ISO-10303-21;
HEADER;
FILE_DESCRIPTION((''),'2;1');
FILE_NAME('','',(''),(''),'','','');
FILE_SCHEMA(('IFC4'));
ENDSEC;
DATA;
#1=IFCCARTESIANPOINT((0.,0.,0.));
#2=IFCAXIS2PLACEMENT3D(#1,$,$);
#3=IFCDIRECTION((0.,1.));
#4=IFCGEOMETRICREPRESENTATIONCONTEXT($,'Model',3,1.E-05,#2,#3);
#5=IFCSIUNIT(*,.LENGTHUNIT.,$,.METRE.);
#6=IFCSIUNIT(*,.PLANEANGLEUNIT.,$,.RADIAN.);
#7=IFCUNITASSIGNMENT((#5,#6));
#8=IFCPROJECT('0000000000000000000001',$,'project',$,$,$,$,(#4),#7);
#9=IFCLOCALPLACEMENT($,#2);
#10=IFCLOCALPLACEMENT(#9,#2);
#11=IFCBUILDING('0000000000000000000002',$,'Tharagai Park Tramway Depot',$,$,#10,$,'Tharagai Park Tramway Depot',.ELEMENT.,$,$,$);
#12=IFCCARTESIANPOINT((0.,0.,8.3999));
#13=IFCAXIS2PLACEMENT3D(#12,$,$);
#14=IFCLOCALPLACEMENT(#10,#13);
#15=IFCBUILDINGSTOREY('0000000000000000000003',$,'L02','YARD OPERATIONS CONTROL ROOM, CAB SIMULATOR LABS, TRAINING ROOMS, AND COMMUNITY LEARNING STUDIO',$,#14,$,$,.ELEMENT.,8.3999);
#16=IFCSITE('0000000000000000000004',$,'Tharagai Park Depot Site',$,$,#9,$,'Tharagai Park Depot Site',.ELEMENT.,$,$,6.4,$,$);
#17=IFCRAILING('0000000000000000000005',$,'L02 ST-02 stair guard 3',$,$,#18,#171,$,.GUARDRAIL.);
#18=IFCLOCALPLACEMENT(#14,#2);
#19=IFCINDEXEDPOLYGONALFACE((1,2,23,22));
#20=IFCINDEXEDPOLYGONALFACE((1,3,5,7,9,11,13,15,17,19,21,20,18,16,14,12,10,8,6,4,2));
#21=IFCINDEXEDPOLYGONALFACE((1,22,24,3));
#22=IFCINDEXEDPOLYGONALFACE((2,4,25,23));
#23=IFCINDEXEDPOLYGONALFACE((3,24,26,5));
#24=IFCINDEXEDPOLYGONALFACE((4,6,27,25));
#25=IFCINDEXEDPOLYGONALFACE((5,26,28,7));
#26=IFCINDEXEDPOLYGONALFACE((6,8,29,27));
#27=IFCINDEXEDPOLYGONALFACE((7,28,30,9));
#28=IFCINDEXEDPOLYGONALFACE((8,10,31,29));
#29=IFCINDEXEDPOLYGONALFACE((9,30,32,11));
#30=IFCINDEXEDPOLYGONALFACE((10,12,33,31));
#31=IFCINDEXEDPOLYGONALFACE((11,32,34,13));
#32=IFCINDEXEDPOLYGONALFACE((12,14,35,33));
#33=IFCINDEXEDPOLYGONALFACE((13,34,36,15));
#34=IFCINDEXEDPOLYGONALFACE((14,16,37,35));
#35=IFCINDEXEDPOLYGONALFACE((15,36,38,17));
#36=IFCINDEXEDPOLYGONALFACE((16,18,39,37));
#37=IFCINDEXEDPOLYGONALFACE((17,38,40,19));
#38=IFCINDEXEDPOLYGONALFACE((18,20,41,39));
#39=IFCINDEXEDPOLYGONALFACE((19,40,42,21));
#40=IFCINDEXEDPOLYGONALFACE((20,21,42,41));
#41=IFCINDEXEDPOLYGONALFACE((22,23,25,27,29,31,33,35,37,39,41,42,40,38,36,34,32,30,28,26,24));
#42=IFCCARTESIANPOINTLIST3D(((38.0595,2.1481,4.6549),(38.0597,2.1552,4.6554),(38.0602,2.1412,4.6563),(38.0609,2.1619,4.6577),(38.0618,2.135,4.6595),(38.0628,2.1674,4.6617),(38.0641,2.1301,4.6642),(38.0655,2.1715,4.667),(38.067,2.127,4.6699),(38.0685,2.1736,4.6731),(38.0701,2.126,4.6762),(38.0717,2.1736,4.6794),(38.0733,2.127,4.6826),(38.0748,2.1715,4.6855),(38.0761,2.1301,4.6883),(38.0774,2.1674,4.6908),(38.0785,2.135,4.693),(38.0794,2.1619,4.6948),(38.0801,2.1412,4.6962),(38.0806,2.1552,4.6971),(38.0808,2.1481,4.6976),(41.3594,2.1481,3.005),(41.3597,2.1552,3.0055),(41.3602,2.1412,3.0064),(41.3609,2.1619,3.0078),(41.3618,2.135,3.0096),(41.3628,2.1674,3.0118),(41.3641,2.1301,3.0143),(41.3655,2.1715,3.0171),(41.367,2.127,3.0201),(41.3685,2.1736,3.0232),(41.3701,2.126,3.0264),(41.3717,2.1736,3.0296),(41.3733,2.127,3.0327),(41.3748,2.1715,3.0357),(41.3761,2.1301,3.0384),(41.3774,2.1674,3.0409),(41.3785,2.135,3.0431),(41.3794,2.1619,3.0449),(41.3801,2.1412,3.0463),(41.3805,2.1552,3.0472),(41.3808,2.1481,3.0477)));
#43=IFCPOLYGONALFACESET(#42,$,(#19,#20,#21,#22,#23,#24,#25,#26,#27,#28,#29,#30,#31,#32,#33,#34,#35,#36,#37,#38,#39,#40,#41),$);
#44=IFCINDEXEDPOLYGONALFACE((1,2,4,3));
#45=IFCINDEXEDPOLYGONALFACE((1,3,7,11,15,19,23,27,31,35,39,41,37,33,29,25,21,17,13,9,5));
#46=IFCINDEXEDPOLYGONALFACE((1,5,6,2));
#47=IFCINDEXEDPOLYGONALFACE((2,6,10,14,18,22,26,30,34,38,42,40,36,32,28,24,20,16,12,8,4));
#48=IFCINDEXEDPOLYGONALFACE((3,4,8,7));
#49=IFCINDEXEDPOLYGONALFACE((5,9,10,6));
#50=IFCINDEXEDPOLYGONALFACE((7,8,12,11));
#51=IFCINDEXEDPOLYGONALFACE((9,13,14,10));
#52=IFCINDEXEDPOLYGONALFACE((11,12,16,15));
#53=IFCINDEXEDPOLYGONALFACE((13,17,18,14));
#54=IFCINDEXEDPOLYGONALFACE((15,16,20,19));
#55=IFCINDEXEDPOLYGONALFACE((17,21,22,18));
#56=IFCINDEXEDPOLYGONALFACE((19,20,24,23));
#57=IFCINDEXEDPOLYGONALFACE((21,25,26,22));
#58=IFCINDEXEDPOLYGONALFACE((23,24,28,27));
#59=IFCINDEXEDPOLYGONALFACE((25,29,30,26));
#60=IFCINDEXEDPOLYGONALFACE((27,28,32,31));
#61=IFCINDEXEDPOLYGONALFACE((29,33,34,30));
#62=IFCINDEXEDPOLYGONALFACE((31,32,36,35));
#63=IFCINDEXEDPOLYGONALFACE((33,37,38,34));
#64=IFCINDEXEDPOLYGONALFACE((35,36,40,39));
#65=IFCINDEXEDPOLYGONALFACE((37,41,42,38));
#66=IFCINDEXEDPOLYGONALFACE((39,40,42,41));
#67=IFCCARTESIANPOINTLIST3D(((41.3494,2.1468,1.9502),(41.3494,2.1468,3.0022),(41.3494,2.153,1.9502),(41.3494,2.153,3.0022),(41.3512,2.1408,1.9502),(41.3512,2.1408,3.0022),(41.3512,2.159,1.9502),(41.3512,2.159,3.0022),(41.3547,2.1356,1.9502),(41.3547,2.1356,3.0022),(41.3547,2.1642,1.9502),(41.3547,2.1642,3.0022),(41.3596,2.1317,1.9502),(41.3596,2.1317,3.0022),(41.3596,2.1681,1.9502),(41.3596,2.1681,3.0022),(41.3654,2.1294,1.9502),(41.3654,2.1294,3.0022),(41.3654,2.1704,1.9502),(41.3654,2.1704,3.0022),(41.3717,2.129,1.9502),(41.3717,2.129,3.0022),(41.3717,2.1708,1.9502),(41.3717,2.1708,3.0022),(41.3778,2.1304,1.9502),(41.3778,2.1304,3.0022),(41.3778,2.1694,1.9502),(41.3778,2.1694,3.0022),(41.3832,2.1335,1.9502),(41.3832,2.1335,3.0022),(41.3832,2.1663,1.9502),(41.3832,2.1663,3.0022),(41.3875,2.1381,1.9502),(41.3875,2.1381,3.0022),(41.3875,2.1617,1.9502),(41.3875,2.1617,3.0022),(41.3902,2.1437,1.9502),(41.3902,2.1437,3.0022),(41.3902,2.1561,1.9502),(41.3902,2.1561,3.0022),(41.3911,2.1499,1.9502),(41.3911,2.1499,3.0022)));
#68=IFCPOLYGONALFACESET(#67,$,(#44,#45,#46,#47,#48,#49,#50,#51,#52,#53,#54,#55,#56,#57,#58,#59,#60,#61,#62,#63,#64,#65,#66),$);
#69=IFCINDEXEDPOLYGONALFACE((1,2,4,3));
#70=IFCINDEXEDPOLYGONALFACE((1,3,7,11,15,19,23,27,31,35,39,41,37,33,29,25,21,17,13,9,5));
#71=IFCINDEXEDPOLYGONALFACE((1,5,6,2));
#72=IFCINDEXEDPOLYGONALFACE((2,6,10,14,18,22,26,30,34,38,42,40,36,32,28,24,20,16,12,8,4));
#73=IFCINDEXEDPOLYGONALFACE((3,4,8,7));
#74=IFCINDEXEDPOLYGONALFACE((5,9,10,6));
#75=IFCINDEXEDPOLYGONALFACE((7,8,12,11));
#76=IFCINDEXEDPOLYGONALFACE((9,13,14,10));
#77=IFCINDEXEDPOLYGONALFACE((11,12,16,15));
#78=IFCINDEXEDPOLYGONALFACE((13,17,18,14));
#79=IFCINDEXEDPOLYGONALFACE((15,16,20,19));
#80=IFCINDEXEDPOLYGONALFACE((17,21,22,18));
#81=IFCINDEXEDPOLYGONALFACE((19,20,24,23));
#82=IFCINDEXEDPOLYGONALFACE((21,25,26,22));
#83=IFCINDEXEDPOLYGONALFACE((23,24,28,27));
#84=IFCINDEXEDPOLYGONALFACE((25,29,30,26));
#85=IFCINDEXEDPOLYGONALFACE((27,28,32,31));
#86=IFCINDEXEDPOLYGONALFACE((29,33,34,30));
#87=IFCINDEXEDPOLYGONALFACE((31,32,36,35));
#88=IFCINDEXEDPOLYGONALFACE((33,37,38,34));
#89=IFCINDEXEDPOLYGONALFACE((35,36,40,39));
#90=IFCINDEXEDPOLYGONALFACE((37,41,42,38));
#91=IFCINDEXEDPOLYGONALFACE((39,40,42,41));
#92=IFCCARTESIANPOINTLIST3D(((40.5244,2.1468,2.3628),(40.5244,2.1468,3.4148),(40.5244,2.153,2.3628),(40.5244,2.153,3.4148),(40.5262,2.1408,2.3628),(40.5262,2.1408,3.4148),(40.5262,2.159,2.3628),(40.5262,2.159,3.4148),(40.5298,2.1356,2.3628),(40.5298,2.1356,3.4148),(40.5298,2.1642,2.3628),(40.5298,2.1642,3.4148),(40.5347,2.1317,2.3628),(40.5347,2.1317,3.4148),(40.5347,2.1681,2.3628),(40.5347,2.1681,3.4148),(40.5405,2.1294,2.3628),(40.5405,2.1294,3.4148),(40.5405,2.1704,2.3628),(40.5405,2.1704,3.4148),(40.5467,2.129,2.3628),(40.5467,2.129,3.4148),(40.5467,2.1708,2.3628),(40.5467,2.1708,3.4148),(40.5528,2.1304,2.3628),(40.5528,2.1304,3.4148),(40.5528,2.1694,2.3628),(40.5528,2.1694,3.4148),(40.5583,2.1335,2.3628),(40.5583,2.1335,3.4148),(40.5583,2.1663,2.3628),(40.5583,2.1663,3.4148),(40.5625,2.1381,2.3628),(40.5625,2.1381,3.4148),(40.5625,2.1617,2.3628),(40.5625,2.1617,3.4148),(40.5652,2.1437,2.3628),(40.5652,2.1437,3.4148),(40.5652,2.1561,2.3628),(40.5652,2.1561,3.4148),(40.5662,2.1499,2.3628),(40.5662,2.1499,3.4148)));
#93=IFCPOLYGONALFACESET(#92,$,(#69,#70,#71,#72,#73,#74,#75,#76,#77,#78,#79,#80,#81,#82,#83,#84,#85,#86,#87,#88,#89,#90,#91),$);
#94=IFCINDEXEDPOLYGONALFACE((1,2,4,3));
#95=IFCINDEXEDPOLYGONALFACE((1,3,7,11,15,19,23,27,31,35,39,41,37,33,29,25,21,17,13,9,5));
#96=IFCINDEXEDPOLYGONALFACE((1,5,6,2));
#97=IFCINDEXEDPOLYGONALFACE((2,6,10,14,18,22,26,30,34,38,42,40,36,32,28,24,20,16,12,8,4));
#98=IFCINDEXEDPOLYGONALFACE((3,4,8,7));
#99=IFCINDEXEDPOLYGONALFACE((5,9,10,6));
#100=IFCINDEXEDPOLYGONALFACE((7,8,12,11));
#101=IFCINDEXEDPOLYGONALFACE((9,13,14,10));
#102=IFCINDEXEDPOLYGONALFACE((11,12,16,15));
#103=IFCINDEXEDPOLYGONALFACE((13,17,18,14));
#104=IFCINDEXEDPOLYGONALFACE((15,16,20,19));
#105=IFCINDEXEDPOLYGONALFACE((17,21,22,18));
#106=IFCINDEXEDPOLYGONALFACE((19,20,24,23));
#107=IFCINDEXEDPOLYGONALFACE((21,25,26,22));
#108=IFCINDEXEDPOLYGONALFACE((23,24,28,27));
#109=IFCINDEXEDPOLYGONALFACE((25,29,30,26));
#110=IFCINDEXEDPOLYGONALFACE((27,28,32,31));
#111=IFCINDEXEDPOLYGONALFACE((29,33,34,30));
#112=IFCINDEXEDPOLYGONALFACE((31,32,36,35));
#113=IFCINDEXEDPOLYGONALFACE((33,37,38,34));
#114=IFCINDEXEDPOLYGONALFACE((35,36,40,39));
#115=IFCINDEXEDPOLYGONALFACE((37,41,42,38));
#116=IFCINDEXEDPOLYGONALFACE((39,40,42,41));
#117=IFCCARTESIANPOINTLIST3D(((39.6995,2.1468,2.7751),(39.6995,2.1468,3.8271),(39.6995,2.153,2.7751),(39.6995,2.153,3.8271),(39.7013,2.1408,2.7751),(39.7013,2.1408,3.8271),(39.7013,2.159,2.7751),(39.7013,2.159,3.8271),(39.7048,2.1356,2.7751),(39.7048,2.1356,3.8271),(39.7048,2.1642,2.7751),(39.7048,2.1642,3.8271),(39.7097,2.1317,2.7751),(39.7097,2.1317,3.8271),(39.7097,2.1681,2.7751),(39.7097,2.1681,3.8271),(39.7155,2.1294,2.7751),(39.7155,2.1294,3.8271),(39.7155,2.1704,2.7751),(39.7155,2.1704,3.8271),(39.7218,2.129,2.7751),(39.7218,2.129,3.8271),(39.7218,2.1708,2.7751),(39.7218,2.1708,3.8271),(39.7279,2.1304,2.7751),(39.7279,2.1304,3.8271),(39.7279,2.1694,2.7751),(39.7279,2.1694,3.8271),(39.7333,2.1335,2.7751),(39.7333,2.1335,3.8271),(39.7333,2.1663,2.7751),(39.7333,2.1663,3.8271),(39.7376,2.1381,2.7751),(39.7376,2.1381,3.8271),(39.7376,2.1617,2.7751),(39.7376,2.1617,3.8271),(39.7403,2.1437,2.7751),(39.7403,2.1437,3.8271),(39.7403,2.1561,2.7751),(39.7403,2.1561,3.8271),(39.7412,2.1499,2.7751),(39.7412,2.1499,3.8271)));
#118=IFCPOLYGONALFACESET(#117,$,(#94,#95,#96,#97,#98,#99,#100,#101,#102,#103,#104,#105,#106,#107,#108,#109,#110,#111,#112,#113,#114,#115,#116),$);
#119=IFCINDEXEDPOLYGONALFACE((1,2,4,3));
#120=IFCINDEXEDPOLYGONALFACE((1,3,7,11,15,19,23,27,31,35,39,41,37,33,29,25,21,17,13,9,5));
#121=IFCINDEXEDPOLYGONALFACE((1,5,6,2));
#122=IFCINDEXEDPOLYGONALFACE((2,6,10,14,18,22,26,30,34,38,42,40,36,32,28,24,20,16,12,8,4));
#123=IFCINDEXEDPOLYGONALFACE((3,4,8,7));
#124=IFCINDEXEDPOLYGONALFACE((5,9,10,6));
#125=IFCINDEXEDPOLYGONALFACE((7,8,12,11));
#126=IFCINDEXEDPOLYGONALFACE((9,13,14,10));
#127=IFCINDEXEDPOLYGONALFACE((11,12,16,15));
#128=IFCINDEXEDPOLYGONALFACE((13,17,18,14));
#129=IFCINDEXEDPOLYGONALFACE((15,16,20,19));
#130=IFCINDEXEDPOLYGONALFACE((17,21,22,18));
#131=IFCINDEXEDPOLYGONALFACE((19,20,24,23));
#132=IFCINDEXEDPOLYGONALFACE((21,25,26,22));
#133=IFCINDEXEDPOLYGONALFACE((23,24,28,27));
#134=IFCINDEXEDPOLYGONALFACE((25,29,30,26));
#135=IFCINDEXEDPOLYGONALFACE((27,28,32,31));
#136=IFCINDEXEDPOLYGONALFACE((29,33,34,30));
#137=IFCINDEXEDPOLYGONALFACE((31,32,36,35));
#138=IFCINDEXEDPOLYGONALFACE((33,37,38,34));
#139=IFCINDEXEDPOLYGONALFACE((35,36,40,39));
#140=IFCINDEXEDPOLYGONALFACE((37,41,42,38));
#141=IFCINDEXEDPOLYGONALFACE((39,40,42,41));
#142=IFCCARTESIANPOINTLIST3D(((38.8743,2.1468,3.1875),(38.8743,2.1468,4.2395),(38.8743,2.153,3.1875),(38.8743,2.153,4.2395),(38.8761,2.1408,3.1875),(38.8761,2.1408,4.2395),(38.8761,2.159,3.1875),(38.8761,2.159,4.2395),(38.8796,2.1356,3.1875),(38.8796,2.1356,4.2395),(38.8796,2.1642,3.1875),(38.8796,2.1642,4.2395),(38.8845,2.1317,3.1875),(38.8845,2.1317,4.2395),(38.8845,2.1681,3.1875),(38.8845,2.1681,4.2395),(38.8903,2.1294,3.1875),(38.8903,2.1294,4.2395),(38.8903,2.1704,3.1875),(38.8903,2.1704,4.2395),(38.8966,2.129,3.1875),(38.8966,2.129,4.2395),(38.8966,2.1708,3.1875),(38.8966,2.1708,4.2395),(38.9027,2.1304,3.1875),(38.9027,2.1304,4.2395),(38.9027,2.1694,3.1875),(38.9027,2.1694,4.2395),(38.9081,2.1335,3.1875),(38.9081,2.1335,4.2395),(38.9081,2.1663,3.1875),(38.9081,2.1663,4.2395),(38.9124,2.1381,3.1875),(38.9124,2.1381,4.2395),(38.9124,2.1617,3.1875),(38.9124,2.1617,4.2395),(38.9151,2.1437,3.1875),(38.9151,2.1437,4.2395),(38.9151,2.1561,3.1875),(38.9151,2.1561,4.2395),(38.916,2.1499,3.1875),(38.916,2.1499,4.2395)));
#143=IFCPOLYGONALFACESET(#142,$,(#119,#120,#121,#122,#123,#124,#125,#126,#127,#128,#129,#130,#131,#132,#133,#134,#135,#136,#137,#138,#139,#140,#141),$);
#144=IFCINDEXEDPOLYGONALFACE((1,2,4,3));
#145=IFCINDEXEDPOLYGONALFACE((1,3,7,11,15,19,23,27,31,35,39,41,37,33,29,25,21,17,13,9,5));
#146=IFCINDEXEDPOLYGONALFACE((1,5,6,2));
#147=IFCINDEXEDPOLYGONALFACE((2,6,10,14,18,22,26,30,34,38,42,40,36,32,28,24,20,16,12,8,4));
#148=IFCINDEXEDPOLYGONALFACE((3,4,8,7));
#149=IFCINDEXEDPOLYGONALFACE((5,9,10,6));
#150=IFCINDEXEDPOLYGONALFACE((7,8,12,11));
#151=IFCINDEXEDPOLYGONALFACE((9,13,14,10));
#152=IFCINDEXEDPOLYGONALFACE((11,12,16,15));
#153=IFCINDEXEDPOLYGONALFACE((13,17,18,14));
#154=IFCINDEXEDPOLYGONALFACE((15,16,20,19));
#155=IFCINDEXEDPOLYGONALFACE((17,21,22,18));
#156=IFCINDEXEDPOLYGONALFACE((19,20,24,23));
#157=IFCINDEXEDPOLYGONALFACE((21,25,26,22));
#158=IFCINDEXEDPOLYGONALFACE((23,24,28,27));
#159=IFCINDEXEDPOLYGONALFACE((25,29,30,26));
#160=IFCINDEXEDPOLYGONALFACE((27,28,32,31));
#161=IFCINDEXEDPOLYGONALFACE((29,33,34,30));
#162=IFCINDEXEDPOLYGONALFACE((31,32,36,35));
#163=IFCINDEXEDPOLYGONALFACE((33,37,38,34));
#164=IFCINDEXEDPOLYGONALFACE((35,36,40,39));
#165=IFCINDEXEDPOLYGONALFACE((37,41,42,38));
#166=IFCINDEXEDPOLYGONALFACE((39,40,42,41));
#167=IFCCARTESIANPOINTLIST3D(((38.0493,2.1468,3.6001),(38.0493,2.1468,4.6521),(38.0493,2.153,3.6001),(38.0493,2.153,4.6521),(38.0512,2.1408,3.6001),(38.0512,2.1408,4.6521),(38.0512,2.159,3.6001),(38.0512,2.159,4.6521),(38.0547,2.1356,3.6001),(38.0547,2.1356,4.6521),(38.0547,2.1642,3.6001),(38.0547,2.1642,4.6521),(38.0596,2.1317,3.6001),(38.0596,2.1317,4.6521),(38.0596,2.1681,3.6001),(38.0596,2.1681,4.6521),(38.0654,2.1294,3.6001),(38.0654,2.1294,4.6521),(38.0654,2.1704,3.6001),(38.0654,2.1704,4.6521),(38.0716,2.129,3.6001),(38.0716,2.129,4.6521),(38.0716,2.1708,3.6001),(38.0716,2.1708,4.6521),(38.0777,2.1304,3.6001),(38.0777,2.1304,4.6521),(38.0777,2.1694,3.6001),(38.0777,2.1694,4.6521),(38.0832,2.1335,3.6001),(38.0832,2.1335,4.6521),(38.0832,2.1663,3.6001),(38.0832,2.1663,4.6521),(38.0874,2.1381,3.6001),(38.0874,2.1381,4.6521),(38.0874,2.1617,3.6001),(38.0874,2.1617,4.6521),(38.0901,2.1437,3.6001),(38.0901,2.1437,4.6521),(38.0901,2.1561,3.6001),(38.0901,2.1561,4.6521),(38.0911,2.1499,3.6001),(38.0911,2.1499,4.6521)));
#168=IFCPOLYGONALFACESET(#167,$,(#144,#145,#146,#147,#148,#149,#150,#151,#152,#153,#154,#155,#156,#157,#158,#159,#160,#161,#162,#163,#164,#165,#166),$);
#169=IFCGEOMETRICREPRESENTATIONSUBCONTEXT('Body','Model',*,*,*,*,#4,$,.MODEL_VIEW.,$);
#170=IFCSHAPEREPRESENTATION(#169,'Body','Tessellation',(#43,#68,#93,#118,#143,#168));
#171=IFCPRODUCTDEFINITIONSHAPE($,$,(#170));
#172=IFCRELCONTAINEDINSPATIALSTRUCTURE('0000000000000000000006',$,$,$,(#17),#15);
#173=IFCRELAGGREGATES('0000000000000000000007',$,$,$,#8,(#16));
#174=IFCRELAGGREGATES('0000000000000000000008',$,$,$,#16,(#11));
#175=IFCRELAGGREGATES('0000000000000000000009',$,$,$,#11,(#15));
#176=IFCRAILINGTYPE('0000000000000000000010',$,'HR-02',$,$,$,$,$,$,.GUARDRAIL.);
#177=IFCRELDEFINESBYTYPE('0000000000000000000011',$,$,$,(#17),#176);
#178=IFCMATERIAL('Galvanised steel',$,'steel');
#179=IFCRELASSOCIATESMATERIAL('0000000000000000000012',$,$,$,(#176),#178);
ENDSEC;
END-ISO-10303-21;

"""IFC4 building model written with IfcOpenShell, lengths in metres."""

from ifc_helpers import new_model, si_unit, direction, frame, origin, origin_2d, place, context, subcontext, project, spatial, circle, extrude, material, type_object, element, save


model = new_model("IFC4")

# Units and contexts
model_context = context("Model", 3, precision=1e-05, world=origin(), true_north=direction((0.0, 1.0)))
body_context = subcontext(model_context, "Body", "Model", "MODEL_VIEW")
ifc_project = project(units=[si_unit("LENGTHUNIT", "METRE"), si_unit("PLANEANGLEUNIT", "RADIAN")], contexts=[model_context])

# Site, building, storey
site_placement = place(None, origin())
site = spatial("IfcSite", under=ifc_project, at=site_placement, Name="Tharagai Park Depot Site", LongName="Tharagai Park Depot Site", CompositionType="ELEMENT", RefElevation=6.4)
building_placement = place(site_placement, origin())
building = spatial("IfcBuilding", under=site, at=building_placement, Name="Tharagai Park Tramway Depot", LongName="Tharagai Park Tramway Depot", CompositionType="ELEMENT")
storey_placement = place(building_placement, frame((0.0, 0.0, 8.3999)))
storey = spatial("IfcBuildingStorey", under=building, at=storey_placement, Name="L02", Description="YARD OPERATIONS CONTROL ROOM, CAB SIMULATOR LABS, TRAINING ROOMS, AND COMMUNITY LEARNING STUDIO", CompositionType="ELEMENT", Elevation=8.3999)

# Railing
ifc_material_1 = material(Name="Galvanised steel", Category="steel")
railing_type_1 = type_object("IfcRailingType", Name="HR-02", PredefinedType="GUARDRAIL", material=ifc_material_1)
railing_1_placement = place(storey_placement, frame((41.3701, 2.1499, 1.9502)))
element("IfcRailing", 1, at=railing_1_placement, inside=storey, type_object=railing_type_1, Name="L02 ST-02 stair guard 3", PredefinedType="GUARDRAIL", context=body_context, shape_type="SweptSolid", body=[
    extrude(circle(Radius=0.0239, at=origin_2d()), frame((0.0, 0.0, 1.0762), z_axis=(-0.89444, 0.0, 0.447187), x_axis=(0.0, -1.0, 0.0)), (0.0, 0.0, 1.0), 3.6895),
    extrude(circle(Radius=0.021, at=origin_2d()), origin(), (0.0, 0.0, 1.0), 1.052),
    extrude(circle(Radius=0.021, at=origin_2d()), frame((-0.825, 0.0, 0.4126)), (0.0, 0.0, 1.0), 1.052),
    extrude(circle(Radius=0.021, at=origin_2d()), frame((-1.6499, 0.0, 0.825)), (0.0, 0.0, 1.0), 1.052),
    extrude(circle(Radius=0.021, at=origin_2d()), frame((-2.4751, 0.0, 1.2373)), (0.0, 0.0, 1.0), 1.052),
    extrude(circle(Radius=0.021, at=origin_2d()), frame((-3.3, 0.0, 1.6499)), (0.0, 0.0, 1.0), 1.052),
])

save(model, "model.ifc")
